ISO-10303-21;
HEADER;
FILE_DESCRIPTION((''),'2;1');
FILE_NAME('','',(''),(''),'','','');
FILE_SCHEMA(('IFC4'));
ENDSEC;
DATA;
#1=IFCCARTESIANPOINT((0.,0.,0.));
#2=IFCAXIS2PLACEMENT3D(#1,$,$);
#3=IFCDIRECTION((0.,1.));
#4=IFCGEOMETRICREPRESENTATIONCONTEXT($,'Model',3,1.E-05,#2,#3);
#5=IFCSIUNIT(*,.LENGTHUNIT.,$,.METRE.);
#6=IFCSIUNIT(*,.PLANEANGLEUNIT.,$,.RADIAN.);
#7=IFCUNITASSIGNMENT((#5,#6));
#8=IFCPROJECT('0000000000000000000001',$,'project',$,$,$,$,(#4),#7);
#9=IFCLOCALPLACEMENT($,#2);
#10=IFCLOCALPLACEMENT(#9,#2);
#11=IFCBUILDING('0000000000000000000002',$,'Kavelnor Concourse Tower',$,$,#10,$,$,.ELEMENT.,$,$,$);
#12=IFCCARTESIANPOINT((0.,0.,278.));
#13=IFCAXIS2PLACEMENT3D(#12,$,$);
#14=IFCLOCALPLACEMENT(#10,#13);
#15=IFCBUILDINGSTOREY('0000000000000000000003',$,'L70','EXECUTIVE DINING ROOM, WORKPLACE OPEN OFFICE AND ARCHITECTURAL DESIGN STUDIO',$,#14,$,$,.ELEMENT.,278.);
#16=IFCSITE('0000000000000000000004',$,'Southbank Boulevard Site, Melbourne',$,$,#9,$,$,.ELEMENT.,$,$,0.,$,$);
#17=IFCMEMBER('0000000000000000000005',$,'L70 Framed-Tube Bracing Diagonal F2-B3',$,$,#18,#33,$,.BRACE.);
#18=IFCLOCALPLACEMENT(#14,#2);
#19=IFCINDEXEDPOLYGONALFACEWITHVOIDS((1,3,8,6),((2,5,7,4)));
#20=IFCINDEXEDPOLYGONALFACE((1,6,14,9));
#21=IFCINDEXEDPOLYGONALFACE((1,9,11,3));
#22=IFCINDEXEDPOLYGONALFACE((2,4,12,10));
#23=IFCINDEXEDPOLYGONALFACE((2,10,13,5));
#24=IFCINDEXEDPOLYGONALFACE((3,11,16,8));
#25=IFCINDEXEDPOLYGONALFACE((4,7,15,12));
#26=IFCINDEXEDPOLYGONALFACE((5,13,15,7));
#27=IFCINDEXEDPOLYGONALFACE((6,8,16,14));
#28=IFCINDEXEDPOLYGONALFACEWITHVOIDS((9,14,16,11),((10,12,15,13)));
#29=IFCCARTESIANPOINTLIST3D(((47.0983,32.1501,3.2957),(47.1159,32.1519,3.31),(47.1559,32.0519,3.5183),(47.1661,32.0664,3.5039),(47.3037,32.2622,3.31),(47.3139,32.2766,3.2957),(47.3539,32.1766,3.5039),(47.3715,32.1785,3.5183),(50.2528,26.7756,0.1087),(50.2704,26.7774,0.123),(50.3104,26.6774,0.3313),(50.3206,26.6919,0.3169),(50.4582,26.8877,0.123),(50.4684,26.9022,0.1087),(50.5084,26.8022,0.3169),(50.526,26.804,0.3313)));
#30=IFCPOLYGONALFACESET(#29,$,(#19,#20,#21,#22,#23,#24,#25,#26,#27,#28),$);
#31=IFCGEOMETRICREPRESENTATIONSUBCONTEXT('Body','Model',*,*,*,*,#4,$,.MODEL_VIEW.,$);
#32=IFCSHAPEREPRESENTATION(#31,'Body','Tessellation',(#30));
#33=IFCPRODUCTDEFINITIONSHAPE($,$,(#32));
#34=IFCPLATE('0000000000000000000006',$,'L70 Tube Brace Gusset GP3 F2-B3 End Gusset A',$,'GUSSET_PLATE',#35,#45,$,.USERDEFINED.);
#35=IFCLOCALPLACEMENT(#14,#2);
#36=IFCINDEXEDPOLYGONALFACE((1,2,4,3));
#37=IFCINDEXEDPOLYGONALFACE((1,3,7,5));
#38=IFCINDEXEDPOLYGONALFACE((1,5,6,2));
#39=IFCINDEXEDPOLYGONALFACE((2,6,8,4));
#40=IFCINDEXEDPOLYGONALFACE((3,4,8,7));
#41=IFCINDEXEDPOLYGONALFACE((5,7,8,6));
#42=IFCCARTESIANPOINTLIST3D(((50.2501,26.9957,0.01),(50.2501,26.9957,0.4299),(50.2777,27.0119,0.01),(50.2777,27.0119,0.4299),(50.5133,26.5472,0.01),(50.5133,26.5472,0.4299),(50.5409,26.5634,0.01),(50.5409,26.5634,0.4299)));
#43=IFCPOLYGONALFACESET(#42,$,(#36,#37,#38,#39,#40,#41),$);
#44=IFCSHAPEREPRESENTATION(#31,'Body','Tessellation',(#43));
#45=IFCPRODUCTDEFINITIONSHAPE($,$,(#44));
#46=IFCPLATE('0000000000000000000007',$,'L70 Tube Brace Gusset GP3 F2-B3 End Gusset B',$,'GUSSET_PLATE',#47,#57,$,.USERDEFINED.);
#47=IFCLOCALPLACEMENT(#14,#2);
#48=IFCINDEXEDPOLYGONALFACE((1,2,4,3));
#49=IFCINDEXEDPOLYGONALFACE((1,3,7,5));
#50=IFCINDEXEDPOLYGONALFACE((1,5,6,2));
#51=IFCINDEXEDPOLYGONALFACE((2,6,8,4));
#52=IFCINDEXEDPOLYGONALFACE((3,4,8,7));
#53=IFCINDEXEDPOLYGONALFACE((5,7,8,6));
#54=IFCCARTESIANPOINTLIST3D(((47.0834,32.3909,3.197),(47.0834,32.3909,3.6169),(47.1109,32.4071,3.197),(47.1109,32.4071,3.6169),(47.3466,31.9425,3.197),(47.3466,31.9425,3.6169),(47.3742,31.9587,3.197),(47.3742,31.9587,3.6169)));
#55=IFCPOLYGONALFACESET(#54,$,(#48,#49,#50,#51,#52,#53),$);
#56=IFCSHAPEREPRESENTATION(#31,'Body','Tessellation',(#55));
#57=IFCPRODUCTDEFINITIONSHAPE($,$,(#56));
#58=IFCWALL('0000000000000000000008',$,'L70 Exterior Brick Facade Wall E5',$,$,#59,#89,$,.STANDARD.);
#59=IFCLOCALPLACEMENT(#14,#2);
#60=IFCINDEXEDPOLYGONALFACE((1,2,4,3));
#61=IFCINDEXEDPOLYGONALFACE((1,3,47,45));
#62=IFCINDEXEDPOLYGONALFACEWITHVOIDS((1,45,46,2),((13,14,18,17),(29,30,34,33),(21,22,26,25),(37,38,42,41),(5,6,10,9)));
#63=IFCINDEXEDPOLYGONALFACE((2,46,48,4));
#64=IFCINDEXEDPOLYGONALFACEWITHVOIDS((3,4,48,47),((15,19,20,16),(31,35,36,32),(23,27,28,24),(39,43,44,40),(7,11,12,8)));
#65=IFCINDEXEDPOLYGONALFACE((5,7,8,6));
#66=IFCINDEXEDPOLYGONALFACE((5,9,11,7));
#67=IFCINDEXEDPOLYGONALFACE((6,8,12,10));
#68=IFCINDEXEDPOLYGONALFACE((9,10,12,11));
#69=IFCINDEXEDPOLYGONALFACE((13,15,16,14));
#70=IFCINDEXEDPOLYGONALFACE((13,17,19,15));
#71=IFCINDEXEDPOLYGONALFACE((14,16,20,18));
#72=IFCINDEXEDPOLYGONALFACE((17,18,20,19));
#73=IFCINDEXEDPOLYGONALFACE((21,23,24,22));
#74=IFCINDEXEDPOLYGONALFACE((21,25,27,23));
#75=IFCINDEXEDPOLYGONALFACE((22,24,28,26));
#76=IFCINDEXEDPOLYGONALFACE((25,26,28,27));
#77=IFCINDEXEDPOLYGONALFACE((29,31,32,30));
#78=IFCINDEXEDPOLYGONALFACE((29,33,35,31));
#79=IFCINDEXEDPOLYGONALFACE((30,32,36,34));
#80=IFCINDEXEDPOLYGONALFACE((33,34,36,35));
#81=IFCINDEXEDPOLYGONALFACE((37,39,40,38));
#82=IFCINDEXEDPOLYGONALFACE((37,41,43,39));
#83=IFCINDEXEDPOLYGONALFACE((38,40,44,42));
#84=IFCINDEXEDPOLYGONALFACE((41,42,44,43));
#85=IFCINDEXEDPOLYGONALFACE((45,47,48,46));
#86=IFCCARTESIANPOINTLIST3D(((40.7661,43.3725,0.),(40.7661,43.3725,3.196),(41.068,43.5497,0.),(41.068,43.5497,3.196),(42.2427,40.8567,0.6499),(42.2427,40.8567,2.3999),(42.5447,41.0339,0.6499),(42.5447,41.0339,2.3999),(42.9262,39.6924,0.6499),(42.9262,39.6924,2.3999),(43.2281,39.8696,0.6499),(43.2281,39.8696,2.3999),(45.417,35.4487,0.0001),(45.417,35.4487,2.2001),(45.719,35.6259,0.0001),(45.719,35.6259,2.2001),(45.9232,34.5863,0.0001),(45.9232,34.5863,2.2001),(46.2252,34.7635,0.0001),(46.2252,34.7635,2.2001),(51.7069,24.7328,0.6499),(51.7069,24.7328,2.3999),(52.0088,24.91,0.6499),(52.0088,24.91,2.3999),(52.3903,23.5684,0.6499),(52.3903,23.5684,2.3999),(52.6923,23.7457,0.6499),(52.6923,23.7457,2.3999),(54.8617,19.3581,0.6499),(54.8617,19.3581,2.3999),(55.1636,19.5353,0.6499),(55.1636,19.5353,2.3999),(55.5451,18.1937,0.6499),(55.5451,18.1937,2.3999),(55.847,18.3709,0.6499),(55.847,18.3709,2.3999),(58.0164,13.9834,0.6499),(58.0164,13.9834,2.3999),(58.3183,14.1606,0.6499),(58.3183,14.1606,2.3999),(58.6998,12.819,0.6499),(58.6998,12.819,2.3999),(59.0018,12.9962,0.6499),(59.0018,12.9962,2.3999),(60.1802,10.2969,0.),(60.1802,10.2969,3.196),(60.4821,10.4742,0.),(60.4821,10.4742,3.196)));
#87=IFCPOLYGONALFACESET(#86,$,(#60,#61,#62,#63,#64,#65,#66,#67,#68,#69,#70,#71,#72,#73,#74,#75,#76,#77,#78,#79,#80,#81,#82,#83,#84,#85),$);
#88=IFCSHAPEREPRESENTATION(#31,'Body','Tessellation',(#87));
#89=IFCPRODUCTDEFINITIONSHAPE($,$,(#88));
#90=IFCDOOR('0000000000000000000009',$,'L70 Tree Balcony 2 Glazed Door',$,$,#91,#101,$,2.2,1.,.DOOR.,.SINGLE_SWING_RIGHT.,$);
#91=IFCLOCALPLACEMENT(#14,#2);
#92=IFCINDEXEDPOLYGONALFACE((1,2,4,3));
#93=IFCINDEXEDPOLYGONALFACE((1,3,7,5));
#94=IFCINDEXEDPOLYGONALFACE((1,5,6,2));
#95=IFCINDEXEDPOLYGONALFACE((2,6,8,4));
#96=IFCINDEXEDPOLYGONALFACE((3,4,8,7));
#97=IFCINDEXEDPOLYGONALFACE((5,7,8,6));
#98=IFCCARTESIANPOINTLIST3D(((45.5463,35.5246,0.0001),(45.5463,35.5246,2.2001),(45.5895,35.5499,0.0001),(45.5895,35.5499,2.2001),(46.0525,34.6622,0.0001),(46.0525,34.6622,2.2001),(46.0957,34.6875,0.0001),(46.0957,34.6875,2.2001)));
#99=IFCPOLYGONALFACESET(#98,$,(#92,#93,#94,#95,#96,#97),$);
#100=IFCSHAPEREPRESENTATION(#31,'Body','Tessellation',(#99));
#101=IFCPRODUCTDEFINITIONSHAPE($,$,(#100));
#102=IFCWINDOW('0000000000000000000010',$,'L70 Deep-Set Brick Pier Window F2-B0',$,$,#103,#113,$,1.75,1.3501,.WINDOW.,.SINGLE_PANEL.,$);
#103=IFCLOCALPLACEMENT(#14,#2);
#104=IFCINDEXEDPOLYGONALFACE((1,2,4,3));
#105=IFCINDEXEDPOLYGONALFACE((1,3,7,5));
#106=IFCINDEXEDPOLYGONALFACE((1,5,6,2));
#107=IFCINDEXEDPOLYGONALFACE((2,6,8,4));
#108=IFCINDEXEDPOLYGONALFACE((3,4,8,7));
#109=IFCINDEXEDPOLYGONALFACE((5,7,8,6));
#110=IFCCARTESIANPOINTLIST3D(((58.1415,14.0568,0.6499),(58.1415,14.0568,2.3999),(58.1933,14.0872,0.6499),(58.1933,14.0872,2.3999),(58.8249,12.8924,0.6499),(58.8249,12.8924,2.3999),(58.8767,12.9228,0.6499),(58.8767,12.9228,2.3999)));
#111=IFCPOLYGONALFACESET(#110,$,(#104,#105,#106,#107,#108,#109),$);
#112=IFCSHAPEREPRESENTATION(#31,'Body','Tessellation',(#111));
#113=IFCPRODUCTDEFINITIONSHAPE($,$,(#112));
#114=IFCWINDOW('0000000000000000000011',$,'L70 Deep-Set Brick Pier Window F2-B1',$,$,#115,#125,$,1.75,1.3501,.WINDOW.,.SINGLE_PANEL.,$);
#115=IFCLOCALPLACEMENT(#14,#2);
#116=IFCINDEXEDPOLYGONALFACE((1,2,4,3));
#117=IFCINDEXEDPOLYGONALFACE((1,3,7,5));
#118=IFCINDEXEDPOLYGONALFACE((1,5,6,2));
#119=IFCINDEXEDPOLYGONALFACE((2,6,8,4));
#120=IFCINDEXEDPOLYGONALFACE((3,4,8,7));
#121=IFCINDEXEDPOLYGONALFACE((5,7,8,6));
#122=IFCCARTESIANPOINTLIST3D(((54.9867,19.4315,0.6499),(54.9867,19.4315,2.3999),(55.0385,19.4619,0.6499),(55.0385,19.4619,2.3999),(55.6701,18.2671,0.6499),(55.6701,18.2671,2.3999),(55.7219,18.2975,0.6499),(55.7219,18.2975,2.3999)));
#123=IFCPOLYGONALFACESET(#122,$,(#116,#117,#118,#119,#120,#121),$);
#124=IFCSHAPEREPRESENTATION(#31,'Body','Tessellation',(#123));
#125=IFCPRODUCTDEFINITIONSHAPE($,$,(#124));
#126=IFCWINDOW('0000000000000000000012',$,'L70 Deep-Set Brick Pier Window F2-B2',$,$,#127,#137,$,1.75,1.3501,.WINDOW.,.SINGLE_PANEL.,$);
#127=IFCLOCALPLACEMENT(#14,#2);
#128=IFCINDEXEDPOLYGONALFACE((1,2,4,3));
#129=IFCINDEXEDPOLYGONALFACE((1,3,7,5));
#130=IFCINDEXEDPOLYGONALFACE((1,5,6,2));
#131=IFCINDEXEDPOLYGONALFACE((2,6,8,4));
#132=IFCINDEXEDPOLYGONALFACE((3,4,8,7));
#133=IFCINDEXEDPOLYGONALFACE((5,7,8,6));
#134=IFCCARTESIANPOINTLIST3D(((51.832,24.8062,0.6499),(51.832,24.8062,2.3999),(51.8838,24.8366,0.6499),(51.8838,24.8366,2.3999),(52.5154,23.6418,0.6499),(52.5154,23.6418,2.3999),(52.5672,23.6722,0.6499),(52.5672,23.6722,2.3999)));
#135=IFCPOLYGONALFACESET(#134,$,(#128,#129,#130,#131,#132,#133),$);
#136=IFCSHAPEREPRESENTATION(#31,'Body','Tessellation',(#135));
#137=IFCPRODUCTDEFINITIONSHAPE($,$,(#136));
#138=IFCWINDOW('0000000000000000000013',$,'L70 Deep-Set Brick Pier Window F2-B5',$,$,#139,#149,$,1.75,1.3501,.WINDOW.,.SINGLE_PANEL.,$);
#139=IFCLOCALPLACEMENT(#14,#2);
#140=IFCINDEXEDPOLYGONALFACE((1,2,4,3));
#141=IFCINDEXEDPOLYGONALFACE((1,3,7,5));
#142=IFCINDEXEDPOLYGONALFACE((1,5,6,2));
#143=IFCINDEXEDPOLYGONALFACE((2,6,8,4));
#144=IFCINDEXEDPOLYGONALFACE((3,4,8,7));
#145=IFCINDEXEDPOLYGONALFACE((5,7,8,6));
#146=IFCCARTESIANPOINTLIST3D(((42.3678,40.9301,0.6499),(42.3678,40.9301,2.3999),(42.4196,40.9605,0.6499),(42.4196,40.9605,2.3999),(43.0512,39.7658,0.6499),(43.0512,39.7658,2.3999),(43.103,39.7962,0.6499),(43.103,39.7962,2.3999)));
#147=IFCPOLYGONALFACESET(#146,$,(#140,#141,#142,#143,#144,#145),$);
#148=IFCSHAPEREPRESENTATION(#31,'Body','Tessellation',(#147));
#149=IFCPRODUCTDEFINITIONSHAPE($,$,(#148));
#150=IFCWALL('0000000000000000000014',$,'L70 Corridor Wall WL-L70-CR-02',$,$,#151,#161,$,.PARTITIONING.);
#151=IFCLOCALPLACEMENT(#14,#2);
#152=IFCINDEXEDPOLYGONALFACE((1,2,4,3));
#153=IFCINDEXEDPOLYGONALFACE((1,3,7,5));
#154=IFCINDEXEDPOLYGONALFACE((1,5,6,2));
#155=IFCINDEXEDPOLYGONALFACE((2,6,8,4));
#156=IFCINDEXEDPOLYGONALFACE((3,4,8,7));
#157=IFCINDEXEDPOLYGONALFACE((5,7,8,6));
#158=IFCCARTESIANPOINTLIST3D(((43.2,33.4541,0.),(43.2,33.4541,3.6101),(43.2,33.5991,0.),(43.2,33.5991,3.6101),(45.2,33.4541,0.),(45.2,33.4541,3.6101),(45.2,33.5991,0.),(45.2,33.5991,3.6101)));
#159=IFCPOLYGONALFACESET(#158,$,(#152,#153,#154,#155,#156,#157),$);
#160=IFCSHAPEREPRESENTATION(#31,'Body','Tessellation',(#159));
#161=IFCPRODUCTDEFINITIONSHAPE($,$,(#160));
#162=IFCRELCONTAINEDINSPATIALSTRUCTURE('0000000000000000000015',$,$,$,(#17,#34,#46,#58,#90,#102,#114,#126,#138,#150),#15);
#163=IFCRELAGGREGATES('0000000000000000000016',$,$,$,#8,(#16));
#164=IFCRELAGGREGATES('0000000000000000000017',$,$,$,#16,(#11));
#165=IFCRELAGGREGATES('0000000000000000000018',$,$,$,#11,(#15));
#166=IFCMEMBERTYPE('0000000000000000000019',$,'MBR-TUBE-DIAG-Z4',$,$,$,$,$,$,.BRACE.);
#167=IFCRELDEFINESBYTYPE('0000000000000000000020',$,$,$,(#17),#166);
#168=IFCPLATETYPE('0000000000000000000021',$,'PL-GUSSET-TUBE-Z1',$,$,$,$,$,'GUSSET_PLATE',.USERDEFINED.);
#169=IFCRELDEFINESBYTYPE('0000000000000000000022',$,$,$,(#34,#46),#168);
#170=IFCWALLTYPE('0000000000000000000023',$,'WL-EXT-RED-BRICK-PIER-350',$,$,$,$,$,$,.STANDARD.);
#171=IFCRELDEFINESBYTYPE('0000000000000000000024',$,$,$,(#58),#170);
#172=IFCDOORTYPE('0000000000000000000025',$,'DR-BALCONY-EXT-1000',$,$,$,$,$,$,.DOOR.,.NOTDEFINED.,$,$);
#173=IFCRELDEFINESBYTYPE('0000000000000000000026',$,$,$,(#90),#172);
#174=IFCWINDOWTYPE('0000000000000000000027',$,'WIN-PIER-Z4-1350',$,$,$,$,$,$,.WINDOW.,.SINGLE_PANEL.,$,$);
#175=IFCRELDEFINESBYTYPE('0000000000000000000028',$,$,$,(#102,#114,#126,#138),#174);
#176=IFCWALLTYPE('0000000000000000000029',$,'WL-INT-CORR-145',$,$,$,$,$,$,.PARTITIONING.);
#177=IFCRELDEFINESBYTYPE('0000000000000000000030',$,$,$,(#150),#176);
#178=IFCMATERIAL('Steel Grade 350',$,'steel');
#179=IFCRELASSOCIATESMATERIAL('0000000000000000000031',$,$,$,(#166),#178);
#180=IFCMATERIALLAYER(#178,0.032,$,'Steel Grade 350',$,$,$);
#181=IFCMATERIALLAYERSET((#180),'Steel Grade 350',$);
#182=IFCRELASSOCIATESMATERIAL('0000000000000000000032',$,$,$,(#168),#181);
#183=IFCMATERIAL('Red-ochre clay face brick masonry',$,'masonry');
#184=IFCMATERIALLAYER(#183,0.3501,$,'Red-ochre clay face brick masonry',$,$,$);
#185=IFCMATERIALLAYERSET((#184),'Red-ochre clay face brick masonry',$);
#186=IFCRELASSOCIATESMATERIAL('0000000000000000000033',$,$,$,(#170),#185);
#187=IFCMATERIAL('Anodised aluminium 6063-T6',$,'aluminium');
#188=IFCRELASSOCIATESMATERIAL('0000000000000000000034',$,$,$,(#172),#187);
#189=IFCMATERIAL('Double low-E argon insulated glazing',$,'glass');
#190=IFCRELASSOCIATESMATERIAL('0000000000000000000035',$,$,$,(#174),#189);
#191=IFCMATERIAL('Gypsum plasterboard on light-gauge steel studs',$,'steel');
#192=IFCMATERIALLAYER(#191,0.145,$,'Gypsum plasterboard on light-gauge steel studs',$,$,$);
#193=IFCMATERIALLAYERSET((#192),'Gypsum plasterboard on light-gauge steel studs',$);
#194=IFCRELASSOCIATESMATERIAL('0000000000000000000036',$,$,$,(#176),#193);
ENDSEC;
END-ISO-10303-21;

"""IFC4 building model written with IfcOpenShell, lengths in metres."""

from ifc_helpers import new_model, si_unit, direction, frame, frame_2d, origin, origin_2d, place, context, subcontext, project, spatial, rectangle, hollow_rectangle, extrude, material, layer, layer_set, material_profile, profile_set, type_object, element, fill, save


model = new_model("IFC4")

# Units and contexts
model_context = context("Model", 3, precision=1e-05, world=origin(), true_north=direction((0.0, 1.0)))
body_context = subcontext(model_context, "Body", "Model", "MODEL_VIEW")
ifc_project = project(units=[si_unit("LENGTHUNIT", "METRE"), si_unit("PLANEANGLEUNIT", "RADIAN")], contexts=[model_context])

# Site, building, storey
site_placement = place(None, origin())
site = spatial("IfcSite", under=ifc_project, at=site_placement, Name="Southbank Boulevard Site, Melbourne", CompositionType="ELEMENT", RefElevation=0.0)
building_placement = place(site_placement, origin())
building = spatial("IfcBuilding", under=site, at=building_placement, Name="Kavelnor Concourse Tower", CompositionType="ELEMENT")
storey_placement = place(building_placement, frame((0.0, 0.0, 278.0)))
storey = spatial("IfcBuildingStorey", under=building, at=storey_placement, Name="L70", Description="EXECUTIVE DINING ROOM, WORKPLACE OPEN OFFICE AND ARCHITECTURAL DESIGN STUDIO", CompositionType="ELEMENT", Elevation=278.0)

# Shared definitions
ifc_material_1 = material(Name="Steel Grade 350", Category="steel")

# Member
ifc_material_profile_1 = material_profile(ifc_material_1, hollow_rectangle(XDim=0.25, YDim=0.25, WallThickness=0.0161, at=origin_2d()), Name="SHS 250x250x16")
ifc_profile_set_1 = profile_set([ifc_material_profile_1], Name="Steel Grade 350")
member_type = type_object("IfcMemberType", Name="MBR-TUBE-DIAG-Z4", PredefinedType="BRACE", material=ifc_profile_set_1)
member_placement = place(storey_placement, frame((50.3894, 26.7898, 0.22), z_axis=(-0.450678, 0.767838, 0.455317), x_axis=(-0.86242, -0.506193, 0.0)))
element("IfcMember", 1, at=member_placement, inside=storey, type_object=member_type, Name="L70 Framed-Tube Bracing Diagonal F2-B3", PredefinedType="BRACE", context=body_context, shape_type="SweptSolid", body=[
    extrude(hollow_rectangle(XDim=0.25, YDim=0.25, WallThickness=0.0161, at=origin_2d()), origin(), (0.0, 0.0, 1.0), 6.9995),
])

# Plates
ifc_layer_1 = layer(ifc_material_1, 0.032, Name="Steel Grade 350")
ifc_layer_set_1 = layer_set([ifc_layer_1], Name="Steel Grade 350")
plate_type = type_object("IfcPlateType", Name="PL-GUSSET-TUBE-Z1", ElementType="GUSSET_PLATE", PredefinedType="USERDEFINED", material=ifc_layer_set_1)
for number, where, z_axis, x_axis, name in (
    (2, (50.3955, 26.7795, 0.01), (0.0, 0.0, 1.0), (-0.506184, 0.862425, 0.0), "L70 Tube Brace Gusset GP3 F2-B3 End Gusset A"),
    (3, (47.2288, 32.1748, 3.197), (0.0, 0.0, 1.0), (-0.506184, 0.862425, 0.0), "L70 Tube Brace Gusset GP3 F2-B3 End Gusset B"),
):
    element("IfcPlate", number, at=place(storey_placement, frame(where, z_axis=z_axis, x_axis=x_axis)), inside=storey, type_object=plate_type, Name=name, ObjectType="GUSSET_PLATE", PredefinedType="USERDEFINED", context=body_context, shape_type="SweptSolid", body=[
        extrude(rectangle(XDim=0.52, YDim=0.032, at=origin_2d()), origin(), (0.0, 0.0, 1.0), 0.4199),
    ])

# Wall, openings, door, windows
ifc_material_2 = material(Name="Red-ochre clay face brick masonry", Category="masonry")
ifc_layer_2 = layer(ifc_material_2, 0.3501, Name="Red-ochre clay face brick masonry")
ifc_layer_set_2 = layer_set([ifc_layer_2], Name="Red-ochre clay face brick masonry")
wall_type_1 = type_object("IfcWallType", Name="WL-EXT-RED-BRICK-PIER-350", PredefinedType="STANDARD", material=ifc_layer_set_2)
wall_1_placement = place(storey_placement, frame((40.917, 43.4612, 0.0), z_axis=(0.0, 0.0, 1.0), x_axis=(0.506205, -0.862413, 0.0)))
wall_1 = element("IfcWall", 4, at=wall_1_placement, inside=storey, type_object=wall_type_1, Name="L70 Exterior Brick Facade Wall E5", PredefinedType="STANDARD", context=body_context, shape_type="SweptSolid", body=[
    extrude(rectangle(XDim=38.3523, YDim=0.3501, at=frame_2d((19.1763, 0.0))), origin(), (0.0, 0.0, 1.0), 3.196),
])
opening_1_placement = place(wall_1_placement, frame((9.188, 0.0, 0.0)))
opening_1 = element("IfcOpeningElement", 5, at=opening_1_placement, cuts=wall_1, PredefinedType="OPENING", context=body_context, shape_type="SweptSolid", body=[
    extrude(rectangle(XDim=1.0, YDim=2.2, at=frame_2d((0.5, 1.1001))), frame((0.0, 0.1851, 0.0), z_axis=(0.0, -1.0, 0.0), x_axis=(1.0, 0.0, 0.0)), (0.0, 0.0, 1.0), 0.3701),
])
opening_2_placement = place(wall_1_placement, frame((34.0779, 0.0, 0.6499)))
opening_2 = element("IfcOpeningElement", 6, at=opening_2_placement, cuts=wall_1, PredefinedType="OPENING", context=body_context, shape_type="SweptSolid", body=[
    extrude(rectangle(XDim=1.3501, YDim=1.75, at=frame_2d((0.675, 0.875))), frame((0.0, 0.1851, 0.0), z_axis=(0.0, -1.0, 0.0), x_axis=(1.0, 0.0, 0.0)), (0.0, 0.0, 1.0), 0.3701),
])
opening_3_placement = place(wall_1_placement, frame((27.8457, 0.0, 0.6499)))
opening_3 = element("IfcOpeningElement", 7, at=opening_3_placement, cuts=wall_1, PredefinedType="OPENING", context=body_context, shape_type="SweptSolid", body=[
    extrude(rectangle(XDim=1.3501, YDim=1.75, at=frame_2d((0.675, 0.875))), frame((0.0, 0.1851, 0.0), z_axis=(0.0, -1.0, 0.0), x_axis=(1.0, 0.0, 0.0)), (0.0, 0.0, 1.0), 0.3701),
])
opening_4_placement = place(wall_1_placement, frame((21.6135, 0.0, 0.6499)))
opening_4 = element("IfcOpeningElement", 8, at=opening_4_placement, cuts=wall_1, PredefinedType="OPENING", context=body_context, shape_type="SweptSolid", body=[
    extrude(rectangle(XDim=1.3501, YDim=1.75, at=frame_2d((0.675, 0.875))), frame((0.0, 0.1851, 0.0), z_axis=(0.0, -1.0, 0.0), x_axis=(1.0, 0.0, 0.0)), (0.0, 0.0, 1.0), 0.3701),
])
opening_5_placement = place(wall_1_placement, frame((2.9172, 0.0, 0.6499)))
opening_5 = element("IfcOpeningElement", 9, at=opening_5_placement, cuts=wall_1, PredefinedType="OPENING", context=body_context, shape_type="SweptSolid", body=[
    extrude(rectangle(XDim=1.3501, YDim=1.75, at=frame_2d((0.675, 0.875))), frame((0.0, 0.1851, 0.0), z_axis=(0.0, -1.0, 0.0), x_axis=(1.0, 0.0, 0.0)), (0.0, 0.0, 1.0), 0.3701),
])
ifc_material_3 = material(Name="Anodised aluminium 6063-T6", Category="aluminium")
door_type = type_object("IfcDoorType", Name="DR-BALCONY-EXT-1000", OperationType="NOTDEFINED", PredefinedType="DOOR", material=ifc_material_3)
door_placement = place(opening_1_placement, origin())
door = element("IfcDoor", 10, at=door_placement, inside=storey, type_object=door_type, Name="L70 Tree Balcony 2 Glazed Door", OperationType="SINGLE_SWING_RIGHT", OverallHeight=2.2, OverallWidth=1.0, PredefinedType="DOOR", context=body_context, shape_type="SweptSolid", body=[
    extrude(rectangle(XDim=1.0, YDim=2.2, at=frame_2d((0.5, 1.1001))), frame((0.0, 0.0249, 0.0), z_axis=(0.0, -1.0, 0.0), x_axis=(1.0, 0.0, 0.0)), (0.0, 0.0, 1.0), 0.05),
])
fill(opening_1, door)
ifc_material_4 = material(Name="Double low-E argon insulated glazing", Category="glass")
window_type = type_object("IfcWindowType", Name="WIN-PIER-Z4-1350", PartitioningType="SINGLE_PANEL", PredefinedType="WINDOW", material=ifc_material_4)
window_1_placement = place(opening_2_placement, origin())
window_1 = element("IfcWindow", 11, at=window_1_placement, inside=storey, type_object=window_type, Name="L70 Deep-Set Brick Pier Window F2-B0", OverallHeight=1.75, OverallWidth=1.3501, PartitioningType="SINGLE_PANEL", PredefinedType="WINDOW", context=body_context, shape_type="SweptSolid", body=[
    extrude(rectangle(XDim=1.3501, YDim=1.75, at=frame_2d((0.675, 0.875))), frame((0.0, 0.03, 0.0), z_axis=(0.0, -1.0, 0.0), x_axis=(1.0, 0.0, 0.0)), (0.0, 0.0, 1.0), 0.0601),
])
fill(opening_2, window_1)
window_2_placement = place(opening_3_placement, origin())
window_2 = element("IfcWindow", 12, at=window_2_placement, inside=storey, type_object=window_type, Name="L70 Deep-Set Brick Pier Window F2-B1", OverallHeight=1.75, OverallWidth=1.3501, PartitioningType="SINGLE_PANEL", PredefinedType="WINDOW", context=body_context, shape_type="SweptSolid", body=[
    extrude(rectangle(XDim=1.3501, YDim=1.75, at=frame_2d((0.675, 0.875))), frame((0.0, 0.03, 0.0), z_axis=(0.0, -1.0, 0.0), x_axis=(1.0, 0.0, 0.0)), (0.0, 0.0, 1.0), 0.0601),
])
fill(opening_3, window_2)
window_3_placement = place(opening_4_placement, origin())
window_3 = element("IfcWindow", 13, at=window_3_placement, inside=storey, type_object=window_type, Name="L70 Deep-Set Brick Pier Window F2-B2", OverallHeight=1.75, OverallWidth=1.3501, PartitioningType="SINGLE_PANEL", PredefinedType="WINDOW", context=body_context, shape_type="SweptSolid", body=[
    extrude(rectangle(XDim=1.3501, YDim=1.75, at=frame_2d((0.675, 0.875))), frame((0.0, 0.03, 0.0), z_axis=(0.0, -1.0, 0.0), x_axis=(1.0, 0.0, 0.0)), (0.0, 0.0, 1.0), 0.0601),
])
fill(opening_4, window_3)
window_4_placement = place(opening_5_placement, origin())
window_4 = element("IfcWindow", 14, at=window_4_placement, inside=storey, type_object=window_type, Name="L70 Deep-Set Brick Pier Window F2-B5", OverallHeight=1.75, OverallWidth=1.3501, PartitioningType="SINGLE_PANEL", PredefinedType="WINDOW", context=body_context, shape_type="SweptSolid", body=[
    extrude(rectangle(XDim=1.3501, YDim=1.75, at=frame_2d((0.675, 0.875))), frame((0.0, 0.03, 0.0), z_axis=(0.0, -1.0, 0.0), x_axis=(1.0, 0.0, 0.0)), (0.0, 0.0, 1.0), 0.0601),
])
fill(opening_5, window_4)

# Wall
ifc_material_5 = material(Name="Gypsum plasterboard on light-gauge steel studs", Category="steel")
ifc_layer_3 = layer(ifc_material_5, 0.145, Name="Gypsum plasterboard on light-gauge steel studs")
ifc_layer_set_3 = layer_set([ifc_layer_3], Name="Gypsum plasterboard on light-gauge steel studs")
wall_type_2 = type_object("IfcWallType", Name="WL-INT-CORR-145", PredefinedType="PARTITIONING", material=ifc_layer_set_3)
wall_2_placement = place(storey_placement, frame((43.2, 33.5266, 0.0), z_axis=(0.0, 0.0, 1.0), x_axis=(1.0, 0.0, 0.0)))
element("IfcWall", 15, at=wall_2_placement, inside=storey, type_object=wall_type_2, Name="L70 Corridor Wall WL-L70-CR-02", PredefinedType="PARTITIONING", context=body_context, shape_type="SweptSolid", body=[
    extrude(rectangle(XDim=2.0, YDim=0.145, at=frame_2d((1.0, 0.0))), origin(), (0.0, 0.0, 1.0), 3.6101),
])

save(model, "model.ifc")
